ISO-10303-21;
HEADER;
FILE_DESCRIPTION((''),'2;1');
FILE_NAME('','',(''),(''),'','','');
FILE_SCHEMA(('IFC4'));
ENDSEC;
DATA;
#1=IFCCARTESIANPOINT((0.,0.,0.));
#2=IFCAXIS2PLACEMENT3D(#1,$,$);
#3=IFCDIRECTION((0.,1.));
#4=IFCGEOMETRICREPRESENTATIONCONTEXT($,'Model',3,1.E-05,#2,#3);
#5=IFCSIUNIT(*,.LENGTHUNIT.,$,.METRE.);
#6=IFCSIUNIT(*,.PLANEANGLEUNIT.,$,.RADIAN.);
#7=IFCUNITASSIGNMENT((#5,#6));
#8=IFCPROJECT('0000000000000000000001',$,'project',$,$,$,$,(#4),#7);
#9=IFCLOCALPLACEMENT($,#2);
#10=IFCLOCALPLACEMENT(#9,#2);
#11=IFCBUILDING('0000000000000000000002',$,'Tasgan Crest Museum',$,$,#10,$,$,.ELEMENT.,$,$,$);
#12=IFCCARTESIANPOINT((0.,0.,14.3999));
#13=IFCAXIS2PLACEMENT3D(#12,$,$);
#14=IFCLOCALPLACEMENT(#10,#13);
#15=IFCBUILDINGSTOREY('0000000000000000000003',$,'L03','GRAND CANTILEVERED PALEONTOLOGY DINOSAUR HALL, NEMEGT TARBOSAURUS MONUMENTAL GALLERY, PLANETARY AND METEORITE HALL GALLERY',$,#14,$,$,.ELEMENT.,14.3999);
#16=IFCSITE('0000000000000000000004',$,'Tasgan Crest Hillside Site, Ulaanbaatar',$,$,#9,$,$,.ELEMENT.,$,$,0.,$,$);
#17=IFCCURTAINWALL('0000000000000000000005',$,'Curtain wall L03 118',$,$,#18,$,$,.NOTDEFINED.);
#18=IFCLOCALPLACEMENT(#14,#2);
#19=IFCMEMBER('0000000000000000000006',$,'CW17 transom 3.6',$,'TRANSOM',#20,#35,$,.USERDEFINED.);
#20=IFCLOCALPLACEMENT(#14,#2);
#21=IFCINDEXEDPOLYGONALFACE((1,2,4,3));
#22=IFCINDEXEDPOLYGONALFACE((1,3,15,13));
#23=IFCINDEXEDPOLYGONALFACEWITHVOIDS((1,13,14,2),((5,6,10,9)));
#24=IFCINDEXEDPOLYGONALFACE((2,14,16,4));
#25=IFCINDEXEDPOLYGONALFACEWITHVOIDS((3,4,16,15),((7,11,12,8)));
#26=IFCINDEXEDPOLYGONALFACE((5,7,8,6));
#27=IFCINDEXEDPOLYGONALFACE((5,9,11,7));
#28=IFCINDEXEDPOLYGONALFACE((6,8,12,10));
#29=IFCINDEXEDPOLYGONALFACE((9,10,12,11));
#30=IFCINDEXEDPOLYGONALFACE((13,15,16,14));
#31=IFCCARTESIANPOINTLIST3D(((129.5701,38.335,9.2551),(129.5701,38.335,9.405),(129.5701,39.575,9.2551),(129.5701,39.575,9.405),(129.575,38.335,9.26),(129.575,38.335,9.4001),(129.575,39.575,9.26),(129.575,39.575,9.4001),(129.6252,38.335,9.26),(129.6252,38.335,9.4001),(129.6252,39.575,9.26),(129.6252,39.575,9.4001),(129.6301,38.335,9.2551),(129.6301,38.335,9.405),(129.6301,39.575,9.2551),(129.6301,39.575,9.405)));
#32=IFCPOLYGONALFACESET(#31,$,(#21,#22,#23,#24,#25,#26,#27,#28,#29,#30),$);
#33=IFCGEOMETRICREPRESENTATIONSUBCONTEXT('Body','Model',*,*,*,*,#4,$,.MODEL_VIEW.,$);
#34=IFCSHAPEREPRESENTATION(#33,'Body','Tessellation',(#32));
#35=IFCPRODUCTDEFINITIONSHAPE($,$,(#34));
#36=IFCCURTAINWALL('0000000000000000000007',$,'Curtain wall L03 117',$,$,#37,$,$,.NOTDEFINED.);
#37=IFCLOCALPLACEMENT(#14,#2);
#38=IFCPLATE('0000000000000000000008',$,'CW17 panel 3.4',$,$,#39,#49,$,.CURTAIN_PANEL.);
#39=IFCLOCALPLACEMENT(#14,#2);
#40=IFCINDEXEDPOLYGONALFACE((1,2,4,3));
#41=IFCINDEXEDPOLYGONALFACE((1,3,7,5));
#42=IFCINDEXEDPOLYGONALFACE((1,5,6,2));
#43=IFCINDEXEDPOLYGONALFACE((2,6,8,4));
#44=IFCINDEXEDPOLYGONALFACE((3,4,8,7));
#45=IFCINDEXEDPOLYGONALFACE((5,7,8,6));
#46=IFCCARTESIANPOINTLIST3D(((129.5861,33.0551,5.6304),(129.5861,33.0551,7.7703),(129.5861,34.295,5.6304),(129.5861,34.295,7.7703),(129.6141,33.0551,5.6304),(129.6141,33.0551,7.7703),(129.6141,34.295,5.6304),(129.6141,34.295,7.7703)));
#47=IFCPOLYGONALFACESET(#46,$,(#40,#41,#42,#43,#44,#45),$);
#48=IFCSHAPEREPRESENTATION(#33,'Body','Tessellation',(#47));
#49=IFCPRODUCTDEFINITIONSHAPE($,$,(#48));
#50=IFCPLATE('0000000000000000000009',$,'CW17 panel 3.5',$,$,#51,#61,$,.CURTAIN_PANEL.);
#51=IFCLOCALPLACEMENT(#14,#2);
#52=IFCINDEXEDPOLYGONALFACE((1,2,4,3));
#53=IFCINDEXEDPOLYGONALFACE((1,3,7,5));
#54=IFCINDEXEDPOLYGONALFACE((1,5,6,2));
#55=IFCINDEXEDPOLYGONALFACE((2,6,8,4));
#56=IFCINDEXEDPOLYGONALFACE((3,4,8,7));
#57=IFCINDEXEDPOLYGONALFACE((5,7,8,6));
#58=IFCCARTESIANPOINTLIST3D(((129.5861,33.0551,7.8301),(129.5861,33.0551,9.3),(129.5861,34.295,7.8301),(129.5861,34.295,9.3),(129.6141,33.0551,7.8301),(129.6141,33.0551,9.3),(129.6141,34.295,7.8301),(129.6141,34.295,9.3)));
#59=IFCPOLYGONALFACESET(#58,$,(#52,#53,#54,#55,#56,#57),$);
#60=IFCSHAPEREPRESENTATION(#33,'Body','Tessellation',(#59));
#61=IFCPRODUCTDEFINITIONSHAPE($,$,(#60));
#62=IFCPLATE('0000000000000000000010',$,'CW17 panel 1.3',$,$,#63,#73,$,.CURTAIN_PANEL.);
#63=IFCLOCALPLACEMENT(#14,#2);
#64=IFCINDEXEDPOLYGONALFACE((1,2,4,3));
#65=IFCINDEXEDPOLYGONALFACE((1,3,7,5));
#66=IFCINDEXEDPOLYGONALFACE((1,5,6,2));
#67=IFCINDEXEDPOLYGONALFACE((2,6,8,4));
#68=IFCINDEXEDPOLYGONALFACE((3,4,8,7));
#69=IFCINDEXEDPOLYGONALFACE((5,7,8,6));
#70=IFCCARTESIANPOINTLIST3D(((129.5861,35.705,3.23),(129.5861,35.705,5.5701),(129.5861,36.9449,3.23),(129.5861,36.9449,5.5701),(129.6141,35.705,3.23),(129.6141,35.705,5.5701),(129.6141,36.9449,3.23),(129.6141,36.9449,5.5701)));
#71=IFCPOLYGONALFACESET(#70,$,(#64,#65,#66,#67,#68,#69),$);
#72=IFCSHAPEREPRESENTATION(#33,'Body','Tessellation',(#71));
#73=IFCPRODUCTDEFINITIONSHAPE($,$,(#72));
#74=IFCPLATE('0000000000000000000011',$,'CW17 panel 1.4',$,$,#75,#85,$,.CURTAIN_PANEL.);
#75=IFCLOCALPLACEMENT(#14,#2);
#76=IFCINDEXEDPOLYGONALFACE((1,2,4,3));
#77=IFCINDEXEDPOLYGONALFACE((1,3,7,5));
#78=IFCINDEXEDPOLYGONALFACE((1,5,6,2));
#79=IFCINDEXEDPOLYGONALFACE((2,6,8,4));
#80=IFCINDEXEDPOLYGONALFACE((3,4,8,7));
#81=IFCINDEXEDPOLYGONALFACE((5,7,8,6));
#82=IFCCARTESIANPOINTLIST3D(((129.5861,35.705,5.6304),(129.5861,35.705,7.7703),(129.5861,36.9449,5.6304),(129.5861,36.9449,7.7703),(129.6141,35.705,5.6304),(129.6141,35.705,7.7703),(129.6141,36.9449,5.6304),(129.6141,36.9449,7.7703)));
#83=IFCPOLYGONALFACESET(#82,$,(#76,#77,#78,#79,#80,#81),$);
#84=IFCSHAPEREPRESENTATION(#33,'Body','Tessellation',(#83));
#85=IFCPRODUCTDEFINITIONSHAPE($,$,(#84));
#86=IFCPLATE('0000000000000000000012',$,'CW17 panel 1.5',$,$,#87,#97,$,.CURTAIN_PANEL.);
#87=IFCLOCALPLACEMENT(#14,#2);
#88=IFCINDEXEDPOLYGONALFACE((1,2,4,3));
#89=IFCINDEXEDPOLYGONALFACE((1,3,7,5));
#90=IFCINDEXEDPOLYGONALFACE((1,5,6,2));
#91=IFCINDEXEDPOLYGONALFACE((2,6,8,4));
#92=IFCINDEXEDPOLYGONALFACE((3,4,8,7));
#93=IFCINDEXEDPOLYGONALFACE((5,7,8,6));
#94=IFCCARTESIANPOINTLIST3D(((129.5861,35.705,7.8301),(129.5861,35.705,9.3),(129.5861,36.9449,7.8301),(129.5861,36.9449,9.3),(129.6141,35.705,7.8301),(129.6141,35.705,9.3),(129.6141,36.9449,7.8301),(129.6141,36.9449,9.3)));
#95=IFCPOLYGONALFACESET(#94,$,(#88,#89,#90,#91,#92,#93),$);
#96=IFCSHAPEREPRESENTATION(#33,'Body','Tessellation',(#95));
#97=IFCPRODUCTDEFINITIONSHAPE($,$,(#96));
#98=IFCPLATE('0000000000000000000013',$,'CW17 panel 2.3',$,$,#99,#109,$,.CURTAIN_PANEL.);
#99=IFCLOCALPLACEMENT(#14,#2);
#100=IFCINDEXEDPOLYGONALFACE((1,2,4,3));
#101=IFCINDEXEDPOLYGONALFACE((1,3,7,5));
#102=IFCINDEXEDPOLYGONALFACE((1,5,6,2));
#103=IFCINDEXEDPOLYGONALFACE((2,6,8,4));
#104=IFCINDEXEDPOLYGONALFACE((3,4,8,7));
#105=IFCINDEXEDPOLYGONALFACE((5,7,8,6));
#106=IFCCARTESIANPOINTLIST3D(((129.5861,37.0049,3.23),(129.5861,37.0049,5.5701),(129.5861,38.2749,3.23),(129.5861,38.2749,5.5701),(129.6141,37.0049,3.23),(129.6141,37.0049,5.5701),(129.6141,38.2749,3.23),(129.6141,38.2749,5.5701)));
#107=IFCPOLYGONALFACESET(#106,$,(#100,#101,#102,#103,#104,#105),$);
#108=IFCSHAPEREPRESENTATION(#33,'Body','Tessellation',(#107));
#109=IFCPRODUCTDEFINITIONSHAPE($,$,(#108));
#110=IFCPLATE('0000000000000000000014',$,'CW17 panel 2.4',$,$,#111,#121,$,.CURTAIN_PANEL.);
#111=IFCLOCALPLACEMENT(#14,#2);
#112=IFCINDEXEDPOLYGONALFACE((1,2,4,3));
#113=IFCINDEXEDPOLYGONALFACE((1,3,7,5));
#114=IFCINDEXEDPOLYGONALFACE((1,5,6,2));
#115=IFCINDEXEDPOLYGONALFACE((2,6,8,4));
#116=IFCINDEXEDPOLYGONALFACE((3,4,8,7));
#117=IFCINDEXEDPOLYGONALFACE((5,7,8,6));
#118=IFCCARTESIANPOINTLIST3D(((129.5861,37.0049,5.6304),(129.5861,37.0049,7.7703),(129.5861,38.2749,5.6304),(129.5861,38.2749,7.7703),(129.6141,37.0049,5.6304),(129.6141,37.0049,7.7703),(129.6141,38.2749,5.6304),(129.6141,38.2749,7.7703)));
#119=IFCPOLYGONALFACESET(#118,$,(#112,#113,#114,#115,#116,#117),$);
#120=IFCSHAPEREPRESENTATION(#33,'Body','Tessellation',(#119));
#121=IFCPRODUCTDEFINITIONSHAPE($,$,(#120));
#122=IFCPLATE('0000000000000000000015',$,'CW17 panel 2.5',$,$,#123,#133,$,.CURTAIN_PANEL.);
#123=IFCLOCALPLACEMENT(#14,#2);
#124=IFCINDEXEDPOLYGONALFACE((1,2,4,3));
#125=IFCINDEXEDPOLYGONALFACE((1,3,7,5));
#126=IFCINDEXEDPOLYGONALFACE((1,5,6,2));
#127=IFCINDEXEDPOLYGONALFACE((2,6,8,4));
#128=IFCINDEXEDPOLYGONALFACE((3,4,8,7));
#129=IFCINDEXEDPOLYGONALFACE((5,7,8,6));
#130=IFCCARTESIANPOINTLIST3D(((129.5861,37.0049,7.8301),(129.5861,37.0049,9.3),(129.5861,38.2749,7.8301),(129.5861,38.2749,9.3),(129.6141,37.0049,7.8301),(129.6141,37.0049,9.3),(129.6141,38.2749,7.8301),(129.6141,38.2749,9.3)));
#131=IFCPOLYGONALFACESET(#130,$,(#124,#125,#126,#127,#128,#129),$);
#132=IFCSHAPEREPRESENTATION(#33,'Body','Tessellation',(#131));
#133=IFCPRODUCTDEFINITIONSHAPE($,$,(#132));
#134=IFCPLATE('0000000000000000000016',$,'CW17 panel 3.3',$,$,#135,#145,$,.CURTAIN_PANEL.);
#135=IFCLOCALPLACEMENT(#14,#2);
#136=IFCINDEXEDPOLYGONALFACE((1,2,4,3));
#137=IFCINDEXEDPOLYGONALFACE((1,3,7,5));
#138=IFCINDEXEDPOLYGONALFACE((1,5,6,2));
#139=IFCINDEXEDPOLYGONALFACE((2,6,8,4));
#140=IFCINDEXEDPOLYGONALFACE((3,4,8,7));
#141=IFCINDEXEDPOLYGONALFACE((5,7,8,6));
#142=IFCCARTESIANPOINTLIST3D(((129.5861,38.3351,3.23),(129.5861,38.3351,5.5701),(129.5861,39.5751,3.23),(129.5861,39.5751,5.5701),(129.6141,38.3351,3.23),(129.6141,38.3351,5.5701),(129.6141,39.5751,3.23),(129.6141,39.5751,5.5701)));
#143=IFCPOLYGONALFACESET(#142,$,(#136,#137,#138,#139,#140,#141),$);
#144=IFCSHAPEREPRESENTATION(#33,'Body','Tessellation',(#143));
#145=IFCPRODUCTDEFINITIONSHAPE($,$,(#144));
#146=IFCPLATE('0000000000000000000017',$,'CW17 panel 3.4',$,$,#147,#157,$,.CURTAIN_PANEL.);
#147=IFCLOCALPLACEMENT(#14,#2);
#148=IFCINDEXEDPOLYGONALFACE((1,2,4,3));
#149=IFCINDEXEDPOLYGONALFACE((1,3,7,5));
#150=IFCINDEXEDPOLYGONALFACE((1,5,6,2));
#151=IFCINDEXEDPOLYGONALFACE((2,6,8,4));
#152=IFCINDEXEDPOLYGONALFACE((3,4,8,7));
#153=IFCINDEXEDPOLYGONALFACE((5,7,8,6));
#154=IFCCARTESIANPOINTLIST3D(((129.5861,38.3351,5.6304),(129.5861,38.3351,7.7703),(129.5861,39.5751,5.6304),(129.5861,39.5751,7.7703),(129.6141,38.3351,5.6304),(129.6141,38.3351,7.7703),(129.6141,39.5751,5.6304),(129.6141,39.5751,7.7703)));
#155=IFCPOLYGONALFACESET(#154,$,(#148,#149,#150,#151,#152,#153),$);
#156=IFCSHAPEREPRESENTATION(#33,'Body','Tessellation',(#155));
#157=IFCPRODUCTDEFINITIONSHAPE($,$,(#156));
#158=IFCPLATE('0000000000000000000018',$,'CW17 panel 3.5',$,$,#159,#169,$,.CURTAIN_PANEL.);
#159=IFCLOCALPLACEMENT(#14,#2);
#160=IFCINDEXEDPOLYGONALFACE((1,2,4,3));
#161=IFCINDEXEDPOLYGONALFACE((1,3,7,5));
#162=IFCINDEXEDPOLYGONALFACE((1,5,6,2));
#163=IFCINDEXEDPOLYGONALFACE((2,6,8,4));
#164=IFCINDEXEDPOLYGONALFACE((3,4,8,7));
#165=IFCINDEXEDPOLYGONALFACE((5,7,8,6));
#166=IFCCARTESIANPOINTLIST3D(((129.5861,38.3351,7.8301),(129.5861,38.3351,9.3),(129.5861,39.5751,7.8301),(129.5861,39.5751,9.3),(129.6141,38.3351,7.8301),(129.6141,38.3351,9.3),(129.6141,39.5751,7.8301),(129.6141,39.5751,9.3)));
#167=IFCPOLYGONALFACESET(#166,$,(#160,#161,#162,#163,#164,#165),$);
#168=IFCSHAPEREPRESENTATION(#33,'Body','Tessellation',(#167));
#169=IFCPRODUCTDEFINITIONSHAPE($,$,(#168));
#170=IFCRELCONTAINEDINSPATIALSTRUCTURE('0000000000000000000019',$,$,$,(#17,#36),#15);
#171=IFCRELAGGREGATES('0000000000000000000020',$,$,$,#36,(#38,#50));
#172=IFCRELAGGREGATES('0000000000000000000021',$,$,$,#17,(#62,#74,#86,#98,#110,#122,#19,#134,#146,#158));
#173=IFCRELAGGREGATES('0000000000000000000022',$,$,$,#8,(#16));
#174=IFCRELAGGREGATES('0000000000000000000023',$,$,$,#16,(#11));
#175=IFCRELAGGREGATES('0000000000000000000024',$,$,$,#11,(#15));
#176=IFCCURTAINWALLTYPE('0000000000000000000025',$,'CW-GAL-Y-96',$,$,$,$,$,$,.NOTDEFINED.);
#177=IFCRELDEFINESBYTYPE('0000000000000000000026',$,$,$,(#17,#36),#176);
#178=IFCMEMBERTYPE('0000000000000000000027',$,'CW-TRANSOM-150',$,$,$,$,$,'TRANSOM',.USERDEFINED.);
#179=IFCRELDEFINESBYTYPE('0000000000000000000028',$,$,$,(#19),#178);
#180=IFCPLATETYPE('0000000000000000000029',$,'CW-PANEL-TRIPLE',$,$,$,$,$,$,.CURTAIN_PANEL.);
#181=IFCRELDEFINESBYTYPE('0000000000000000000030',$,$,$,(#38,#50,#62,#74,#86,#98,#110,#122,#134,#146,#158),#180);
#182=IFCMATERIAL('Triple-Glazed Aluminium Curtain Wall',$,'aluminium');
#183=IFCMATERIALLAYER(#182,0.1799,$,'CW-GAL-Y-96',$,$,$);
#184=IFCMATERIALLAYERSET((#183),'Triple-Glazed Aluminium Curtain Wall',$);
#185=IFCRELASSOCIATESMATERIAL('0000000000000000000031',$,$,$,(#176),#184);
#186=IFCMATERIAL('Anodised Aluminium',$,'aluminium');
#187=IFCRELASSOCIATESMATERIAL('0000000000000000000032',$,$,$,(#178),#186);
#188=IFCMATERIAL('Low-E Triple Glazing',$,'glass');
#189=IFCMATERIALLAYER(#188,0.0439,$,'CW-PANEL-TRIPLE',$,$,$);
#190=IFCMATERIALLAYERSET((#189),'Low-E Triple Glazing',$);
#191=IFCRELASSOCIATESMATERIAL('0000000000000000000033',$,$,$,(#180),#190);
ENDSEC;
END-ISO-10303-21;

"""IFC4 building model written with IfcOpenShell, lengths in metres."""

from ifc_helpers import new_model, si_unit, direction, frame, origin, origin_2d, place, context, subcontext, project, spatial, rectangle, hollow_rectangle, extrude, material, layer, layer_set, material_profile, profile_set, type_object, element, aggregate, save


model = new_model("IFC4")

# Units and contexts
model_context = context("Model", 3, precision=1e-05, world=origin(), true_north=direction((0.0, 1.0)))
body_context = subcontext(model_context, "Body", "Model", "MODEL_VIEW")
ifc_project = project(units=[si_unit("LENGTHUNIT", "METRE"), si_unit("PLANEANGLEUNIT", "RADIAN")], contexts=[model_context])

# Site, building, storey
site_placement = place(None, origin())
site = spatial("IfcSite", under=ifc_project, at=site_placement, Name="Tasgan Crest Hillside Site, Ulaanbaatar", CompositionType="ELEMENT", RefElevation=0.0)
building_placement = place(site_placement, origin())
building = spatial("IfcBuilding", under=site, at=building_placement, Name="Tasgan Crest Museum", CompositionType="ELEMENT")
storey_placement = place(building_placement, frame((0.0, 0.0, 14.3999)))
storey = spatial("IfcBuildingStorey", under=building, at=storey_placement, Name="L03", Description="GRAND CANTILEVERED PALEONTOLOGY DINOSAUR HALL, NEMEGT TARBOSAURUS MONUMENTAL GALLERY, PLANETARY AND METEORITE HALL GALLERY", CompositionType="ELEMENT", Elevation=14.3999)

# Curtain wall, member
ifc_material_1 = material(Name="Triple-Glazed Aluminium Curtain Wall", Category="aluminium")
ifc_layer_1 = layer(ifc_material_1, 0.1799, Name="CW-GAL-Y-96")
ifc_layer_set_1 = layer_set([ifc_layer_1], Name="Triple-Glazed Aluminium Curtain Wall")
curtain_wall_type = type_object("IfcCurtainWallType", Name="CW-GAL-Y-96", PredefinedType="NOTDEFINED", material=ifc_layer_set_1)
curtain_wall_1_placement = place(storey_placement, origin())
curtain_wall_1 = element("IfcCurtainWall", 1, at=curtain_wall_1_placement, inside=storey, type_object=curtain_wall_type, Name="Curtain wall L03 118", PredefinedType="NOTDEFINED")
ifc_material_2 = material(Name="Anodised Aluminium", Category="aluminium")
ifc_material_profile = material_profile(ifc_material_2, hollow_rectangle(XDim=0.0601, YDim=0.1499, WallThickness=0.0049, at=origin_2d()), Name="ALU TRANSOM 150x60x5")
ifc_profile_set = profile_set([ifc_material_profile], Name="Anodised Aluminium")
member_type = type_object("IfcMemberType", Name="CW-TRANSOM-150", ElementType="TRANSOM", PredefinedType="USERDEFINED", material=ifc_profile_set)
member_1_placement = place(storey_placement, frame((129.6001, 38.335, 9.3301), z_axis=(0.0, 1.0, 0.0), x_axis=(-1.0, 0.0, 0.0)))
member_1 = element("IfcMember", 2, at=member_1_placement, type_object=member_type, Name="CW17 transom 3.6", ObjectType="TRANSOM", PredefinedType="USERDEFINED", context=body_context, shape_type="SweptSolid", body=[
    extrude(hollow_rectangle(XDim=0.0601, YDim=0.1499, WallThickness=0.0049, at=origin_2d()), origin(), (0.0, 0.0, 1.0), 1.24),
])

# Curtain wall, plates
curtain_wall_2_placement = place(storey_placement, origin())
curtain_wall_2 = element("IfcCurtainWall", 3, at=curtain_wall_2_placement, inside=storey, type_object=curtain_wall_type, Name="Curtain wall L03 117", PredefinedType="NOTDEFINED")
ifc_material_3 = material(Name="Low-E Triple Glazing", Category="glass")
ifc_layer_2 = layer(ifc_material_3, 0.0439, Name="CW-PANEL-TRIPLE")
ifc_layer_set_2 = layer_set([ifc_layer_2], Name="Low-E Triple Glazing")
plate_type = type_object("IfcPlateType", Name="CW-PANEL-TRIPLE", PredefinedType="CURTAIN_PANEL", material=ifc_layer_set_2)
plate_1_placement = place(storey_placement, frame((129.6001, 33.675, 5.6304), z_axis=(0.0, 0.0, 1.0), x_axis=(0.0, 1.0, 0.0)))
plate_1 = element("IfcPlate", 4, at=plate_1_placement, type_object=plate_type, Name="CW17 panel 3.4", PredefinedType="CURTAIN_PANEL", context=body_context, shape_type="SweptSolid", body=[
    extrude(rectangle(XDim=1.24, YDim=0.0281, at=origin_2d()), origin(), (0.0, 0.0, 1.0), 2.1399),
])
plate_2_placement = place(storey_placement, frame((129.6001, 33.675, 7.8301), z_axis=(0.0, 0.0, 1.0), x_axis=(0.0, 1.0, 0.0)))
plate_2 = element("IfcPlate", 5, at=plate_2_placement, type_object=plate_type, Name="CW17 panel 3.5", PredefinedType="CURTAIN_PANEL", context=body_context, shape_type="SweptSolid", body=[
    extrude(rectangle(XDim=1.24, YDim=0.0281, at=origin_2d()), origin(), (0.0, 0.0, 1.0), 1.47),
])
aggregate(curtain_wall_2, [plate_1, plate_2])

# Plates
plate_3_placement = place(storey_placement, frame((129.6001, 36.325, 3.23), z_axis=(0.0, 0.0, 1.0), x_axis=(0.0, 1.0, 0.0)))
plate_3 = element("IfcPlate", 6, at=plate_3_placement, type_object=plate_type, Name="CW17 panel 1.3", PredefinedType="CURTAIN_PANEL", context=body_context, shape_type="SweptSolid", body=[
    extrude(rectangle(XDim=1.24, YDim=0.0281, at=origin_2d()), origin(), (0.0, 0.0, 1.0), 2.3401),
])
plate_4_placement = place(storey_placement, frame((129.6001, 36.325, 5.6304), z_axis=(0.0, 0.0, 1.0), x_axis=(0.0, 1.0, 0.0)))
plate_4 = element("IfcPlate", 7, at=plate_4_placement, type_object=plate_type, Name="CW17 panel 1.4", PredefinedType="CURTAIN_PANEL", context=body_context, shape_type="SweptSolid", body=[
    extrude(rectangle(XDim=1.24, YDim=0.0281, at=origin_2d()), origin(), (0.0, 0.0, 1.0), 2.1399),
])
plate_5_placement = place(storey_placement, frame((129.6001, 36.325, 7.8301), z_axis=(0.0, 0.0, 1.0), x_axis=(0.0, 1.0, 0.0)))
plate_5 = element("IfcPlate", 8, at=plate_5_placement, type_object=plate_type, Name="CW17 panel 1.5", PredefinedType="CURTAIN_PANEL", context=body_context, shape_type="SweptSolid", body=[
    extrude(rectangle(XDim=1.24, YDim=0.0281, at=origin_2d()), origin(), (0.0, 0.0, 1.0), 1.47),
])
plate_6_placement = place(storey_placement, frame((129.6001, 37.6399, 3.23), z_axis=(0.0, 0.0, 1.0), x_axis=(0.0, 1.0, 0.0)))
plate_6 = element("IfcPlate", 9, at=plate_6_placement, type_object=plate_type, Name="CW17 panel 2.3", PredefinedType="CURTAIN_PANEL", context=body_context, shape_type="SweptSolid", body=[
    extrude(rectangle(XDim=1.27, YDim=0.0281, at=origin_2d()), origin(), (0.0, 0.0, 1.0), 2.3401),
])
plate_7_placement = place(storey_placement, frame((129.6001, 37.6399, 5.6304), z_axis=(0.0, 0.0, 1.0), x_axis=(0.0, 1.0, 0.0)))
plate_7 = element("IfcPlate", 10, at=plate_7_placement, type_object=plate_type, Name="CW17 panel 2.4", PredefinedType="CURTAIN_PANEL", context=body_context, shape_type="SweptSolid", body=[
    extrude(rectangle(XDim=1.27, YDim=0.0281, at=origin_2d()), origin(), (0.0, 0.0, 1.0), 2.1399),
])
plate_8_placement = place(storey_placement, frame((129.6001, 37.6399, 7.8301), z_axis=(0.0, 0.0, 1.0), x_axis=(0.0, 1.0, 0.0)))
plate_8 = element("IfcPlate", 11, at=plate_8_placement, type_object=plate_type, Name="CW17 panel 2.5", PredefinedType="CURTAIN_PANEL", context=body_context, shape_type="SweptSolid", body=[
    extrude(rectangle(XDim=1.27, YDim=0.0281, at=origin_2d()), origin(), (0.0, 0.0, 1.0), 1.47),
])
plate_9_placement = place(storey_placement, frame((129.6001, 38.9551, 3.23), z_axis=(0.0, 0.0, 1.0), x_axis=(0.0, 1.0, 0.0)))
plate_9 = element("IfcPlate", 12, at=plate_9_placement, type_object=plate_type, Name="CW17 panel 3.3", PredefinedType="CURTAIN_PANEL", context=body_context, shape_type="SweptSolid", body=[
    extrude(rectangle(XDim=1.24, YDim=0.0281, at=origin_2d()), origin(), (0.0, 0.0, 1.0), 2.3401),
])
plate_10_placement = place(storey_placement, frame((129.6001, 38.9551, 5.6304), z_axis=(0.0, 0.0, 1.0), x_axis=(0.0, 1.0, 0.0)))
plate_10 = element("IfcPlate", 13, at=plate_10_placement, type_object=plate_type, Name="CW17 panel 3.4", PredefinedType="CURTAIN_PANEL", context=body_context, shape_type="SweptSolid", body=[
    extrude(rectangle(XDim=1.24, YDim=0.0281, at=origin_2d()), origin(), (0.0, 0.0, 1.0), 2.1399),
])
plate_11_placement = place(storey_placement, frame((129.6001, 38.9551, 7.8301), z_axis=(0.0, 0.0, 1.0), x_axis=(0.0, 1.0, 0.0)))
plate_11 = element("IfcPlate", 14, at=plate_11_placement, type_object=plate_type, Name="CW17 panel 3.5", PredefinedType="CURTAIN_PANEL", context=body_context, shape_type="SweptSolid", body=[
    extrude(rectangle(XDim=1.24, YDim=0.0281, at=origin_2d()), origin(), (0.0, 0.0, 1.0), 1.47),
])
aggregate(curtain_wall_1, [plate_3, plate_4, plate_5, plate_6, plate_7, plate_8, member_1, plate_9, plate_10, plate_11])

save(model, "model.ifc")
